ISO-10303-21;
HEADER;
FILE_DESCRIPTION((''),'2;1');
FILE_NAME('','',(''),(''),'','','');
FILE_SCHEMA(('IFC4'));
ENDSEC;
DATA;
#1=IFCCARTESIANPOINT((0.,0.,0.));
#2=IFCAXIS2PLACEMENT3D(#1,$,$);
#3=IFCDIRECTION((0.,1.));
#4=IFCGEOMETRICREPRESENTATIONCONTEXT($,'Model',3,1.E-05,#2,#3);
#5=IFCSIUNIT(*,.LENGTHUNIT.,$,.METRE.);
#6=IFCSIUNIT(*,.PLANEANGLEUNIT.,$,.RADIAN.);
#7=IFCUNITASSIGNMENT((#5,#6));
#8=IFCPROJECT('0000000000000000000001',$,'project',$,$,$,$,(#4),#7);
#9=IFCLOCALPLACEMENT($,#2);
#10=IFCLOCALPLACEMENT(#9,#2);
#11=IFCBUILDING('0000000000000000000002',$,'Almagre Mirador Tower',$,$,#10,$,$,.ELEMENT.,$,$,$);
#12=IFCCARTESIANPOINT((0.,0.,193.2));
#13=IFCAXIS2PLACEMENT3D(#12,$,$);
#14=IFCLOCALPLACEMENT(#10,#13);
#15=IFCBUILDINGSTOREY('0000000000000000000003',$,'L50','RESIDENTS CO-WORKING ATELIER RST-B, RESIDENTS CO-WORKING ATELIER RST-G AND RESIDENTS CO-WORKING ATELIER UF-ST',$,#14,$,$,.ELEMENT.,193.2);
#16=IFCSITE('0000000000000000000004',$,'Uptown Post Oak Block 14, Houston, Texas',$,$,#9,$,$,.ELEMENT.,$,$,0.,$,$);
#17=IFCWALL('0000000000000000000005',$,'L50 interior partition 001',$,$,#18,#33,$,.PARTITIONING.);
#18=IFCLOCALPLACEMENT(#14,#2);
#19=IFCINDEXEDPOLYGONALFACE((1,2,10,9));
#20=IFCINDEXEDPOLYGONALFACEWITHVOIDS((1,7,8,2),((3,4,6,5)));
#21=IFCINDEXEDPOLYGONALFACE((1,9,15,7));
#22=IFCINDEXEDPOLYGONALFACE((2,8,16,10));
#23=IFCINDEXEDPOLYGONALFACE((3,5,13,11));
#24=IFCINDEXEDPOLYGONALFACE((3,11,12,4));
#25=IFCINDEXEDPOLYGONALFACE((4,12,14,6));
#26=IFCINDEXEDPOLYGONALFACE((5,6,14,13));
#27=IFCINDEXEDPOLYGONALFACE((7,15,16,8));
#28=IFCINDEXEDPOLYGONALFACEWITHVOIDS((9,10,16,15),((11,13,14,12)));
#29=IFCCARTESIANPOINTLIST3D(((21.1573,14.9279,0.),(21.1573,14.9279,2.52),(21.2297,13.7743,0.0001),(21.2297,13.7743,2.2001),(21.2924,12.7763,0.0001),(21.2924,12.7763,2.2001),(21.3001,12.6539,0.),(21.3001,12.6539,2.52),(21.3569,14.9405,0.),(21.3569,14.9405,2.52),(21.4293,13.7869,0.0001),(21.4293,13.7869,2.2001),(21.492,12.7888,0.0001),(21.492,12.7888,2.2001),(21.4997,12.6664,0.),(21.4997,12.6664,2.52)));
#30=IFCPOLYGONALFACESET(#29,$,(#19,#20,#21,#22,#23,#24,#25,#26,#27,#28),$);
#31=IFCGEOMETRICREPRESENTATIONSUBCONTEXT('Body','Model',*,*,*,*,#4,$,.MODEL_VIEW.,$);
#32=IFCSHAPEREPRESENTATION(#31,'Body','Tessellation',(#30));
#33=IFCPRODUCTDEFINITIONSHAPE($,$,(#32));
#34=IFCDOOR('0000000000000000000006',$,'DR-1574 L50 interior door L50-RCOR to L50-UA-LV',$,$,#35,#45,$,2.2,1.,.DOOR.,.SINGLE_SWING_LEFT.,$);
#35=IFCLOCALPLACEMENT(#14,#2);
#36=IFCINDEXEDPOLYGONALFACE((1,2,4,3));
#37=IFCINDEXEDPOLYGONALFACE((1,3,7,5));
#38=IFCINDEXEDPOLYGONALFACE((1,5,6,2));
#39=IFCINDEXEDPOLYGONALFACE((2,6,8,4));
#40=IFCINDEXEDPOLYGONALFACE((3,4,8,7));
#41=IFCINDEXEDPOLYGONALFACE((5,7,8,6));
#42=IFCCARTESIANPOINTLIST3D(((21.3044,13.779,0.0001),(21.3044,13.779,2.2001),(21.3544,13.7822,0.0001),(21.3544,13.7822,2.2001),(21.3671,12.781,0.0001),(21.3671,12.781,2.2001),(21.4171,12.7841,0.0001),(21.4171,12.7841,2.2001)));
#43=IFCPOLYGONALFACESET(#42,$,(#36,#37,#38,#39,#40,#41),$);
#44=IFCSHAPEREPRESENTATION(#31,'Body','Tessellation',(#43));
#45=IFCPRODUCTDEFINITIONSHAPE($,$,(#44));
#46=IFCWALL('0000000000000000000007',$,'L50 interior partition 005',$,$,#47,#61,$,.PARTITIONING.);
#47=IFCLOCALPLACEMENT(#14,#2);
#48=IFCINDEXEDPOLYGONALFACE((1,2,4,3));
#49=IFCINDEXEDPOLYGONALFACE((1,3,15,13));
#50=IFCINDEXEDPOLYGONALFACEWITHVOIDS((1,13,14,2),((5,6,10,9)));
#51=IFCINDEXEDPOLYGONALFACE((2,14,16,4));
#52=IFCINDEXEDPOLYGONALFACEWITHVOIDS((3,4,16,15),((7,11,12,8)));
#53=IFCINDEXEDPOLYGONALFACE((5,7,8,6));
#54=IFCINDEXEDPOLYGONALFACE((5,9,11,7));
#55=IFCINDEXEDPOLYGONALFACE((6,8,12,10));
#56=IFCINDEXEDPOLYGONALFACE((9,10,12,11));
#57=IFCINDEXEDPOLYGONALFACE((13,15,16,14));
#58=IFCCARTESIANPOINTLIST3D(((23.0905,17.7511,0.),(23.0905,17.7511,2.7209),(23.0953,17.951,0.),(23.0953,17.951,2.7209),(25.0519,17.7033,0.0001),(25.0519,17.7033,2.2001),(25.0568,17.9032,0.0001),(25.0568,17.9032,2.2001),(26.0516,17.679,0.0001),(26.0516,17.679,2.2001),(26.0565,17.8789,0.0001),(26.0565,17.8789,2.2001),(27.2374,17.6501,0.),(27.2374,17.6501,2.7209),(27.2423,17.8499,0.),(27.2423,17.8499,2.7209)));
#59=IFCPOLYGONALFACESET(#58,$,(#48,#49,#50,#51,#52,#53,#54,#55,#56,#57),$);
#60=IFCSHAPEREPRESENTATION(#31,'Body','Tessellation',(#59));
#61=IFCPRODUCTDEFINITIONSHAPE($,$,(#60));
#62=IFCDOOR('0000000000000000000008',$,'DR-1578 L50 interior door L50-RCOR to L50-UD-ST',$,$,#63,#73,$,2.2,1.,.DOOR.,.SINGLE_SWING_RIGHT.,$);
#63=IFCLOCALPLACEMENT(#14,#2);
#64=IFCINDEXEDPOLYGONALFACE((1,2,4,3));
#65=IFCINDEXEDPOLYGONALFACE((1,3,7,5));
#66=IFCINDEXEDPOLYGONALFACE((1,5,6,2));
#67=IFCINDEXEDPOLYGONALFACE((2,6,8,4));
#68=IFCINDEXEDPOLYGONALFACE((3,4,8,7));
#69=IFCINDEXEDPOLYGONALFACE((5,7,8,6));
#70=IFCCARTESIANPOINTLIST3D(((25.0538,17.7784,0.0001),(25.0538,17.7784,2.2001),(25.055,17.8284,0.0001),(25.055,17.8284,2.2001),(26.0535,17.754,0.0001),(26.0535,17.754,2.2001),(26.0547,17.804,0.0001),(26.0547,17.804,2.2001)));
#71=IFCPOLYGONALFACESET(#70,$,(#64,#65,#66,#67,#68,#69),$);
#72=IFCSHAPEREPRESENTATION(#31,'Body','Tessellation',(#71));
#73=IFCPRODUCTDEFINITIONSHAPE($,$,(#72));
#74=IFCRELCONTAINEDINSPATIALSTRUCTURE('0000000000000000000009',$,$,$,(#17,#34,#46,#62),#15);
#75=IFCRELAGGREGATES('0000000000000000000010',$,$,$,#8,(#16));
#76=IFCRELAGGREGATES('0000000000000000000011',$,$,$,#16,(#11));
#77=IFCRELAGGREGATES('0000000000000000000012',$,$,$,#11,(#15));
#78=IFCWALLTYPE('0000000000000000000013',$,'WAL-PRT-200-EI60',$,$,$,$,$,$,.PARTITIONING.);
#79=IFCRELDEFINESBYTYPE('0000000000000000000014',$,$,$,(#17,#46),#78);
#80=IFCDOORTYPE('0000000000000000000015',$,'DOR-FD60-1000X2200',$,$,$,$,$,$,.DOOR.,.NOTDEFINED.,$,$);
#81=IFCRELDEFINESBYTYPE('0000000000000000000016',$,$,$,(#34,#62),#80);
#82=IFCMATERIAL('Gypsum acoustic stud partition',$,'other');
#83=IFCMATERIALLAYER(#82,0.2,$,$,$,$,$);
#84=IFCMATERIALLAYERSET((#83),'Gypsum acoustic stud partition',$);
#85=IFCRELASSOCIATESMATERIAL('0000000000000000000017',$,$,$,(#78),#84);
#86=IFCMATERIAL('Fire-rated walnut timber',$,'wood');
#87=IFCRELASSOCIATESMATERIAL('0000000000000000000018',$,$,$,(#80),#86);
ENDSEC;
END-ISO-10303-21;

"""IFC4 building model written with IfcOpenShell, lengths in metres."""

from ifc_helpers import new_model, si_unit, direction, frame, frame_2d, origin, place, context, subcontext, project, spatial, rectangle, extrude, material, layer, layer_set, type_object, element, fill, save


model = new_model("IFC4")

# Units and contexts
model_context = context("Model", 3, precision=1e-05, world=origin(), true_north=direction((0.0, 1.0)))
body_context = subcontext(model_context, "Body", "Model", "MODEL_VIEW")
ifc_project = project(units=[si_unit("LENGTHUNIT", "METRE"), si_unit("PLANEANGLEUNIT", "RADIAN")], contexts=[model_context])

# Site, building, storey
site_placement = place(None, origin())
site = spatial("IfcSite", under=ifc_project, at=site_placement, Name="Uptown Post Oak Block 14, Houston, Texas", CompositionType="ELEMENT", RefElevation=0.0)
building_placement = place(site_placement, origin())
building = spatial("IfcBuilding", under=site, at=building_placement, Name="Almagre Mirador Tower", CompositionType="ELEMENT")
storey_placement = place(building_placement, frame((0.0, 0.0, 193.2)))
storey = spatial("IfcBuildingStorey", under=building, at=storey_placement, Name="L50", Description="RESIDENTS CO-WORKING ATELIER RST-B, RESIDENTS CO-WORKING ATELIER RST-G AND RESIDENTS CO-WORKING ATELIER UF-ST", CompositionType="ELEMENT", Elevation=193.2)

# Shared definitions
ifc_material_1 = material(Name="Gypsum acoustic stud partition", Category="other")
ifc_layer_1 = layer(ifc_material_1, 0.2)
ifc_layer_set_1 = layer_set([ifc_layer_1], Name="Gypsum acoustic stud partition")
wall_type_1 = type_object("IfcWallType", Name="WAL-PRT-200-EI60", PredefinedType="PARTITIONING", material=ifc_layer_set_1)

# Walls, openings, doors
wall_1_placement = place(storey_placement, frame((21.2571, 14.9341, 0.0), z_axis=(0.0, 0.0, 1.0), x_axis=(0.062678, -0.998034, 0.0)))
wall_1 = element("IfcWall", 1, at=wall_1_placement, inside=storey, type_object=wall_type_1, Name="L50 interior partition 001", PredefinedType="PARTITIONING", context=body_context, shape_type="SweptSolid", body=[
    extrude(rectangle(XDim=2.2786, YDim=0.2, at=frame_2d((1.1392, 0.0))), origin(), (0.0, 0.0, 1.0), 2.52),
])
opening_1_placement = place(wall_1_placement, frame((1.1558, 0.0, 0.0)))
opening_1 = element("IfcOpeningElement", 2, at=opening_1_placement, cuts=wall_1, PredefinedType="OPENING", context=body_context, shape_type="SweptSolid", body=[
    extrude(rectangle(XDim=1.0, YDim=2.2, at=frame_2d((0.5, 1.1001))), frame((0.0, 0.1101, 0.0), z_axis=(0.0, -1.0, 0.0), x_axis=(1.0, 0.0, 0.0)), (0.0, 0.0, 1.0), 0.22),
])
ifc_material_2 = material(Name="Fire-rated walnut timber", Category="wood")
door_type_1 = type_object("IfcDoorType", Name="DOR-FD60-1000X2200", OperationType="NOTDEFINED", PredefinedType="DOOR", material=ifc_material_2)
door_1_placement = place(opening_1_placement, origin())
door_1 = element("IfcDoor", 3, at=door_1_placement, inside=storey, type_object=door_type_1, Name="DR-1574 L50 interior door L50-RCOR to L50-UA-LV", OperationType="SINGLE_SWING_LEFT", OverallHeight=2.2, OverallWidth=1.0, PredefinedType="DOOR", context=body_context, shape_type="SweptSolid", body=[
    extrude(rectangle(XDim=1.0, YDim=2.2, at=frame_2d((0.5, 1.1001))), frame((0.0, 0.0249, 0.0), z_axis=(0.0, -1.0, 0.0), x_axis=(1.0, 0.0, 0.0)), (0.0, 0.0, 1.0), 0.05),
])
fill(opening_1, door_1)
wall_2_placement = place(storey_placement, frame((27.24, 17.75, 0.0), z_axis=(0.0, 0.0, 1.0), x_axis=(-0.999703, 0.024366, 0.0)))
wall_2 = element("IfcWall", 4, at=wall_2_placement, inside=storey, type_object=wall_type_1, Name="L50 interior partition 005", PredefinedType="PARTITIONING", context=body_context, shape_type="SweptSolid", body=[
    extrude(rectangle(XDim=4.1482, YDim=0.2, at=frame_2d((2.0742, 0.0))), origin(), (0.0, 0.0, 1.0), 2.7209),
])
opening_2_placement = place(wall_2_placement, frame((1.1863, 0.0, 0.0)))
opening_2 = element("IfcOpeningElement", 5, at=opening_2_placement, cuts=wall_2, PredefinedType="OPENING", context=body_context, shape_type="SweptSolid", body=[
    extrude(rectangle(XDim=1.0, YDim=2.2, at=frame_2d((0.5, 1.1001))), frame((0.0, 0.1101, 0.0), z_axis=(0.0, -1.0, 0.0), x_axis=(1.0, 0.0, 0.0)), (0.0, 0.0, 1.0), 0.22),
])
door_2_placement = place(opening_2_placement, origin())
door_2 = element("IfcDoor", 6, at=door_2_placement, inside=storey, type_object=door_type_1, Name="DR-1578 L50 interior door L50-RCOR to L50-UD-ST", OperationType="SINGLE_SWING_RIGHT", OverallHeight=2.2, OverallWidth=1.0, PredefinedType="DOOR", context=body_context, shape_type="SweptSolid", body=[
    extrude(rectangle(XDim=1.0, YDim=2.2, at=frame_2d((0.5, 1.1001))), frame((0.0, 0.0249, 0.0), z_axis=(0.0, -1.0, 0.0), x_axis=(1.0, 0.0, 0.0)), (0.0, 0.0, 1.0), 0.05),
])
fill(opening_2, door_2)

save(model, "model.ifc")
